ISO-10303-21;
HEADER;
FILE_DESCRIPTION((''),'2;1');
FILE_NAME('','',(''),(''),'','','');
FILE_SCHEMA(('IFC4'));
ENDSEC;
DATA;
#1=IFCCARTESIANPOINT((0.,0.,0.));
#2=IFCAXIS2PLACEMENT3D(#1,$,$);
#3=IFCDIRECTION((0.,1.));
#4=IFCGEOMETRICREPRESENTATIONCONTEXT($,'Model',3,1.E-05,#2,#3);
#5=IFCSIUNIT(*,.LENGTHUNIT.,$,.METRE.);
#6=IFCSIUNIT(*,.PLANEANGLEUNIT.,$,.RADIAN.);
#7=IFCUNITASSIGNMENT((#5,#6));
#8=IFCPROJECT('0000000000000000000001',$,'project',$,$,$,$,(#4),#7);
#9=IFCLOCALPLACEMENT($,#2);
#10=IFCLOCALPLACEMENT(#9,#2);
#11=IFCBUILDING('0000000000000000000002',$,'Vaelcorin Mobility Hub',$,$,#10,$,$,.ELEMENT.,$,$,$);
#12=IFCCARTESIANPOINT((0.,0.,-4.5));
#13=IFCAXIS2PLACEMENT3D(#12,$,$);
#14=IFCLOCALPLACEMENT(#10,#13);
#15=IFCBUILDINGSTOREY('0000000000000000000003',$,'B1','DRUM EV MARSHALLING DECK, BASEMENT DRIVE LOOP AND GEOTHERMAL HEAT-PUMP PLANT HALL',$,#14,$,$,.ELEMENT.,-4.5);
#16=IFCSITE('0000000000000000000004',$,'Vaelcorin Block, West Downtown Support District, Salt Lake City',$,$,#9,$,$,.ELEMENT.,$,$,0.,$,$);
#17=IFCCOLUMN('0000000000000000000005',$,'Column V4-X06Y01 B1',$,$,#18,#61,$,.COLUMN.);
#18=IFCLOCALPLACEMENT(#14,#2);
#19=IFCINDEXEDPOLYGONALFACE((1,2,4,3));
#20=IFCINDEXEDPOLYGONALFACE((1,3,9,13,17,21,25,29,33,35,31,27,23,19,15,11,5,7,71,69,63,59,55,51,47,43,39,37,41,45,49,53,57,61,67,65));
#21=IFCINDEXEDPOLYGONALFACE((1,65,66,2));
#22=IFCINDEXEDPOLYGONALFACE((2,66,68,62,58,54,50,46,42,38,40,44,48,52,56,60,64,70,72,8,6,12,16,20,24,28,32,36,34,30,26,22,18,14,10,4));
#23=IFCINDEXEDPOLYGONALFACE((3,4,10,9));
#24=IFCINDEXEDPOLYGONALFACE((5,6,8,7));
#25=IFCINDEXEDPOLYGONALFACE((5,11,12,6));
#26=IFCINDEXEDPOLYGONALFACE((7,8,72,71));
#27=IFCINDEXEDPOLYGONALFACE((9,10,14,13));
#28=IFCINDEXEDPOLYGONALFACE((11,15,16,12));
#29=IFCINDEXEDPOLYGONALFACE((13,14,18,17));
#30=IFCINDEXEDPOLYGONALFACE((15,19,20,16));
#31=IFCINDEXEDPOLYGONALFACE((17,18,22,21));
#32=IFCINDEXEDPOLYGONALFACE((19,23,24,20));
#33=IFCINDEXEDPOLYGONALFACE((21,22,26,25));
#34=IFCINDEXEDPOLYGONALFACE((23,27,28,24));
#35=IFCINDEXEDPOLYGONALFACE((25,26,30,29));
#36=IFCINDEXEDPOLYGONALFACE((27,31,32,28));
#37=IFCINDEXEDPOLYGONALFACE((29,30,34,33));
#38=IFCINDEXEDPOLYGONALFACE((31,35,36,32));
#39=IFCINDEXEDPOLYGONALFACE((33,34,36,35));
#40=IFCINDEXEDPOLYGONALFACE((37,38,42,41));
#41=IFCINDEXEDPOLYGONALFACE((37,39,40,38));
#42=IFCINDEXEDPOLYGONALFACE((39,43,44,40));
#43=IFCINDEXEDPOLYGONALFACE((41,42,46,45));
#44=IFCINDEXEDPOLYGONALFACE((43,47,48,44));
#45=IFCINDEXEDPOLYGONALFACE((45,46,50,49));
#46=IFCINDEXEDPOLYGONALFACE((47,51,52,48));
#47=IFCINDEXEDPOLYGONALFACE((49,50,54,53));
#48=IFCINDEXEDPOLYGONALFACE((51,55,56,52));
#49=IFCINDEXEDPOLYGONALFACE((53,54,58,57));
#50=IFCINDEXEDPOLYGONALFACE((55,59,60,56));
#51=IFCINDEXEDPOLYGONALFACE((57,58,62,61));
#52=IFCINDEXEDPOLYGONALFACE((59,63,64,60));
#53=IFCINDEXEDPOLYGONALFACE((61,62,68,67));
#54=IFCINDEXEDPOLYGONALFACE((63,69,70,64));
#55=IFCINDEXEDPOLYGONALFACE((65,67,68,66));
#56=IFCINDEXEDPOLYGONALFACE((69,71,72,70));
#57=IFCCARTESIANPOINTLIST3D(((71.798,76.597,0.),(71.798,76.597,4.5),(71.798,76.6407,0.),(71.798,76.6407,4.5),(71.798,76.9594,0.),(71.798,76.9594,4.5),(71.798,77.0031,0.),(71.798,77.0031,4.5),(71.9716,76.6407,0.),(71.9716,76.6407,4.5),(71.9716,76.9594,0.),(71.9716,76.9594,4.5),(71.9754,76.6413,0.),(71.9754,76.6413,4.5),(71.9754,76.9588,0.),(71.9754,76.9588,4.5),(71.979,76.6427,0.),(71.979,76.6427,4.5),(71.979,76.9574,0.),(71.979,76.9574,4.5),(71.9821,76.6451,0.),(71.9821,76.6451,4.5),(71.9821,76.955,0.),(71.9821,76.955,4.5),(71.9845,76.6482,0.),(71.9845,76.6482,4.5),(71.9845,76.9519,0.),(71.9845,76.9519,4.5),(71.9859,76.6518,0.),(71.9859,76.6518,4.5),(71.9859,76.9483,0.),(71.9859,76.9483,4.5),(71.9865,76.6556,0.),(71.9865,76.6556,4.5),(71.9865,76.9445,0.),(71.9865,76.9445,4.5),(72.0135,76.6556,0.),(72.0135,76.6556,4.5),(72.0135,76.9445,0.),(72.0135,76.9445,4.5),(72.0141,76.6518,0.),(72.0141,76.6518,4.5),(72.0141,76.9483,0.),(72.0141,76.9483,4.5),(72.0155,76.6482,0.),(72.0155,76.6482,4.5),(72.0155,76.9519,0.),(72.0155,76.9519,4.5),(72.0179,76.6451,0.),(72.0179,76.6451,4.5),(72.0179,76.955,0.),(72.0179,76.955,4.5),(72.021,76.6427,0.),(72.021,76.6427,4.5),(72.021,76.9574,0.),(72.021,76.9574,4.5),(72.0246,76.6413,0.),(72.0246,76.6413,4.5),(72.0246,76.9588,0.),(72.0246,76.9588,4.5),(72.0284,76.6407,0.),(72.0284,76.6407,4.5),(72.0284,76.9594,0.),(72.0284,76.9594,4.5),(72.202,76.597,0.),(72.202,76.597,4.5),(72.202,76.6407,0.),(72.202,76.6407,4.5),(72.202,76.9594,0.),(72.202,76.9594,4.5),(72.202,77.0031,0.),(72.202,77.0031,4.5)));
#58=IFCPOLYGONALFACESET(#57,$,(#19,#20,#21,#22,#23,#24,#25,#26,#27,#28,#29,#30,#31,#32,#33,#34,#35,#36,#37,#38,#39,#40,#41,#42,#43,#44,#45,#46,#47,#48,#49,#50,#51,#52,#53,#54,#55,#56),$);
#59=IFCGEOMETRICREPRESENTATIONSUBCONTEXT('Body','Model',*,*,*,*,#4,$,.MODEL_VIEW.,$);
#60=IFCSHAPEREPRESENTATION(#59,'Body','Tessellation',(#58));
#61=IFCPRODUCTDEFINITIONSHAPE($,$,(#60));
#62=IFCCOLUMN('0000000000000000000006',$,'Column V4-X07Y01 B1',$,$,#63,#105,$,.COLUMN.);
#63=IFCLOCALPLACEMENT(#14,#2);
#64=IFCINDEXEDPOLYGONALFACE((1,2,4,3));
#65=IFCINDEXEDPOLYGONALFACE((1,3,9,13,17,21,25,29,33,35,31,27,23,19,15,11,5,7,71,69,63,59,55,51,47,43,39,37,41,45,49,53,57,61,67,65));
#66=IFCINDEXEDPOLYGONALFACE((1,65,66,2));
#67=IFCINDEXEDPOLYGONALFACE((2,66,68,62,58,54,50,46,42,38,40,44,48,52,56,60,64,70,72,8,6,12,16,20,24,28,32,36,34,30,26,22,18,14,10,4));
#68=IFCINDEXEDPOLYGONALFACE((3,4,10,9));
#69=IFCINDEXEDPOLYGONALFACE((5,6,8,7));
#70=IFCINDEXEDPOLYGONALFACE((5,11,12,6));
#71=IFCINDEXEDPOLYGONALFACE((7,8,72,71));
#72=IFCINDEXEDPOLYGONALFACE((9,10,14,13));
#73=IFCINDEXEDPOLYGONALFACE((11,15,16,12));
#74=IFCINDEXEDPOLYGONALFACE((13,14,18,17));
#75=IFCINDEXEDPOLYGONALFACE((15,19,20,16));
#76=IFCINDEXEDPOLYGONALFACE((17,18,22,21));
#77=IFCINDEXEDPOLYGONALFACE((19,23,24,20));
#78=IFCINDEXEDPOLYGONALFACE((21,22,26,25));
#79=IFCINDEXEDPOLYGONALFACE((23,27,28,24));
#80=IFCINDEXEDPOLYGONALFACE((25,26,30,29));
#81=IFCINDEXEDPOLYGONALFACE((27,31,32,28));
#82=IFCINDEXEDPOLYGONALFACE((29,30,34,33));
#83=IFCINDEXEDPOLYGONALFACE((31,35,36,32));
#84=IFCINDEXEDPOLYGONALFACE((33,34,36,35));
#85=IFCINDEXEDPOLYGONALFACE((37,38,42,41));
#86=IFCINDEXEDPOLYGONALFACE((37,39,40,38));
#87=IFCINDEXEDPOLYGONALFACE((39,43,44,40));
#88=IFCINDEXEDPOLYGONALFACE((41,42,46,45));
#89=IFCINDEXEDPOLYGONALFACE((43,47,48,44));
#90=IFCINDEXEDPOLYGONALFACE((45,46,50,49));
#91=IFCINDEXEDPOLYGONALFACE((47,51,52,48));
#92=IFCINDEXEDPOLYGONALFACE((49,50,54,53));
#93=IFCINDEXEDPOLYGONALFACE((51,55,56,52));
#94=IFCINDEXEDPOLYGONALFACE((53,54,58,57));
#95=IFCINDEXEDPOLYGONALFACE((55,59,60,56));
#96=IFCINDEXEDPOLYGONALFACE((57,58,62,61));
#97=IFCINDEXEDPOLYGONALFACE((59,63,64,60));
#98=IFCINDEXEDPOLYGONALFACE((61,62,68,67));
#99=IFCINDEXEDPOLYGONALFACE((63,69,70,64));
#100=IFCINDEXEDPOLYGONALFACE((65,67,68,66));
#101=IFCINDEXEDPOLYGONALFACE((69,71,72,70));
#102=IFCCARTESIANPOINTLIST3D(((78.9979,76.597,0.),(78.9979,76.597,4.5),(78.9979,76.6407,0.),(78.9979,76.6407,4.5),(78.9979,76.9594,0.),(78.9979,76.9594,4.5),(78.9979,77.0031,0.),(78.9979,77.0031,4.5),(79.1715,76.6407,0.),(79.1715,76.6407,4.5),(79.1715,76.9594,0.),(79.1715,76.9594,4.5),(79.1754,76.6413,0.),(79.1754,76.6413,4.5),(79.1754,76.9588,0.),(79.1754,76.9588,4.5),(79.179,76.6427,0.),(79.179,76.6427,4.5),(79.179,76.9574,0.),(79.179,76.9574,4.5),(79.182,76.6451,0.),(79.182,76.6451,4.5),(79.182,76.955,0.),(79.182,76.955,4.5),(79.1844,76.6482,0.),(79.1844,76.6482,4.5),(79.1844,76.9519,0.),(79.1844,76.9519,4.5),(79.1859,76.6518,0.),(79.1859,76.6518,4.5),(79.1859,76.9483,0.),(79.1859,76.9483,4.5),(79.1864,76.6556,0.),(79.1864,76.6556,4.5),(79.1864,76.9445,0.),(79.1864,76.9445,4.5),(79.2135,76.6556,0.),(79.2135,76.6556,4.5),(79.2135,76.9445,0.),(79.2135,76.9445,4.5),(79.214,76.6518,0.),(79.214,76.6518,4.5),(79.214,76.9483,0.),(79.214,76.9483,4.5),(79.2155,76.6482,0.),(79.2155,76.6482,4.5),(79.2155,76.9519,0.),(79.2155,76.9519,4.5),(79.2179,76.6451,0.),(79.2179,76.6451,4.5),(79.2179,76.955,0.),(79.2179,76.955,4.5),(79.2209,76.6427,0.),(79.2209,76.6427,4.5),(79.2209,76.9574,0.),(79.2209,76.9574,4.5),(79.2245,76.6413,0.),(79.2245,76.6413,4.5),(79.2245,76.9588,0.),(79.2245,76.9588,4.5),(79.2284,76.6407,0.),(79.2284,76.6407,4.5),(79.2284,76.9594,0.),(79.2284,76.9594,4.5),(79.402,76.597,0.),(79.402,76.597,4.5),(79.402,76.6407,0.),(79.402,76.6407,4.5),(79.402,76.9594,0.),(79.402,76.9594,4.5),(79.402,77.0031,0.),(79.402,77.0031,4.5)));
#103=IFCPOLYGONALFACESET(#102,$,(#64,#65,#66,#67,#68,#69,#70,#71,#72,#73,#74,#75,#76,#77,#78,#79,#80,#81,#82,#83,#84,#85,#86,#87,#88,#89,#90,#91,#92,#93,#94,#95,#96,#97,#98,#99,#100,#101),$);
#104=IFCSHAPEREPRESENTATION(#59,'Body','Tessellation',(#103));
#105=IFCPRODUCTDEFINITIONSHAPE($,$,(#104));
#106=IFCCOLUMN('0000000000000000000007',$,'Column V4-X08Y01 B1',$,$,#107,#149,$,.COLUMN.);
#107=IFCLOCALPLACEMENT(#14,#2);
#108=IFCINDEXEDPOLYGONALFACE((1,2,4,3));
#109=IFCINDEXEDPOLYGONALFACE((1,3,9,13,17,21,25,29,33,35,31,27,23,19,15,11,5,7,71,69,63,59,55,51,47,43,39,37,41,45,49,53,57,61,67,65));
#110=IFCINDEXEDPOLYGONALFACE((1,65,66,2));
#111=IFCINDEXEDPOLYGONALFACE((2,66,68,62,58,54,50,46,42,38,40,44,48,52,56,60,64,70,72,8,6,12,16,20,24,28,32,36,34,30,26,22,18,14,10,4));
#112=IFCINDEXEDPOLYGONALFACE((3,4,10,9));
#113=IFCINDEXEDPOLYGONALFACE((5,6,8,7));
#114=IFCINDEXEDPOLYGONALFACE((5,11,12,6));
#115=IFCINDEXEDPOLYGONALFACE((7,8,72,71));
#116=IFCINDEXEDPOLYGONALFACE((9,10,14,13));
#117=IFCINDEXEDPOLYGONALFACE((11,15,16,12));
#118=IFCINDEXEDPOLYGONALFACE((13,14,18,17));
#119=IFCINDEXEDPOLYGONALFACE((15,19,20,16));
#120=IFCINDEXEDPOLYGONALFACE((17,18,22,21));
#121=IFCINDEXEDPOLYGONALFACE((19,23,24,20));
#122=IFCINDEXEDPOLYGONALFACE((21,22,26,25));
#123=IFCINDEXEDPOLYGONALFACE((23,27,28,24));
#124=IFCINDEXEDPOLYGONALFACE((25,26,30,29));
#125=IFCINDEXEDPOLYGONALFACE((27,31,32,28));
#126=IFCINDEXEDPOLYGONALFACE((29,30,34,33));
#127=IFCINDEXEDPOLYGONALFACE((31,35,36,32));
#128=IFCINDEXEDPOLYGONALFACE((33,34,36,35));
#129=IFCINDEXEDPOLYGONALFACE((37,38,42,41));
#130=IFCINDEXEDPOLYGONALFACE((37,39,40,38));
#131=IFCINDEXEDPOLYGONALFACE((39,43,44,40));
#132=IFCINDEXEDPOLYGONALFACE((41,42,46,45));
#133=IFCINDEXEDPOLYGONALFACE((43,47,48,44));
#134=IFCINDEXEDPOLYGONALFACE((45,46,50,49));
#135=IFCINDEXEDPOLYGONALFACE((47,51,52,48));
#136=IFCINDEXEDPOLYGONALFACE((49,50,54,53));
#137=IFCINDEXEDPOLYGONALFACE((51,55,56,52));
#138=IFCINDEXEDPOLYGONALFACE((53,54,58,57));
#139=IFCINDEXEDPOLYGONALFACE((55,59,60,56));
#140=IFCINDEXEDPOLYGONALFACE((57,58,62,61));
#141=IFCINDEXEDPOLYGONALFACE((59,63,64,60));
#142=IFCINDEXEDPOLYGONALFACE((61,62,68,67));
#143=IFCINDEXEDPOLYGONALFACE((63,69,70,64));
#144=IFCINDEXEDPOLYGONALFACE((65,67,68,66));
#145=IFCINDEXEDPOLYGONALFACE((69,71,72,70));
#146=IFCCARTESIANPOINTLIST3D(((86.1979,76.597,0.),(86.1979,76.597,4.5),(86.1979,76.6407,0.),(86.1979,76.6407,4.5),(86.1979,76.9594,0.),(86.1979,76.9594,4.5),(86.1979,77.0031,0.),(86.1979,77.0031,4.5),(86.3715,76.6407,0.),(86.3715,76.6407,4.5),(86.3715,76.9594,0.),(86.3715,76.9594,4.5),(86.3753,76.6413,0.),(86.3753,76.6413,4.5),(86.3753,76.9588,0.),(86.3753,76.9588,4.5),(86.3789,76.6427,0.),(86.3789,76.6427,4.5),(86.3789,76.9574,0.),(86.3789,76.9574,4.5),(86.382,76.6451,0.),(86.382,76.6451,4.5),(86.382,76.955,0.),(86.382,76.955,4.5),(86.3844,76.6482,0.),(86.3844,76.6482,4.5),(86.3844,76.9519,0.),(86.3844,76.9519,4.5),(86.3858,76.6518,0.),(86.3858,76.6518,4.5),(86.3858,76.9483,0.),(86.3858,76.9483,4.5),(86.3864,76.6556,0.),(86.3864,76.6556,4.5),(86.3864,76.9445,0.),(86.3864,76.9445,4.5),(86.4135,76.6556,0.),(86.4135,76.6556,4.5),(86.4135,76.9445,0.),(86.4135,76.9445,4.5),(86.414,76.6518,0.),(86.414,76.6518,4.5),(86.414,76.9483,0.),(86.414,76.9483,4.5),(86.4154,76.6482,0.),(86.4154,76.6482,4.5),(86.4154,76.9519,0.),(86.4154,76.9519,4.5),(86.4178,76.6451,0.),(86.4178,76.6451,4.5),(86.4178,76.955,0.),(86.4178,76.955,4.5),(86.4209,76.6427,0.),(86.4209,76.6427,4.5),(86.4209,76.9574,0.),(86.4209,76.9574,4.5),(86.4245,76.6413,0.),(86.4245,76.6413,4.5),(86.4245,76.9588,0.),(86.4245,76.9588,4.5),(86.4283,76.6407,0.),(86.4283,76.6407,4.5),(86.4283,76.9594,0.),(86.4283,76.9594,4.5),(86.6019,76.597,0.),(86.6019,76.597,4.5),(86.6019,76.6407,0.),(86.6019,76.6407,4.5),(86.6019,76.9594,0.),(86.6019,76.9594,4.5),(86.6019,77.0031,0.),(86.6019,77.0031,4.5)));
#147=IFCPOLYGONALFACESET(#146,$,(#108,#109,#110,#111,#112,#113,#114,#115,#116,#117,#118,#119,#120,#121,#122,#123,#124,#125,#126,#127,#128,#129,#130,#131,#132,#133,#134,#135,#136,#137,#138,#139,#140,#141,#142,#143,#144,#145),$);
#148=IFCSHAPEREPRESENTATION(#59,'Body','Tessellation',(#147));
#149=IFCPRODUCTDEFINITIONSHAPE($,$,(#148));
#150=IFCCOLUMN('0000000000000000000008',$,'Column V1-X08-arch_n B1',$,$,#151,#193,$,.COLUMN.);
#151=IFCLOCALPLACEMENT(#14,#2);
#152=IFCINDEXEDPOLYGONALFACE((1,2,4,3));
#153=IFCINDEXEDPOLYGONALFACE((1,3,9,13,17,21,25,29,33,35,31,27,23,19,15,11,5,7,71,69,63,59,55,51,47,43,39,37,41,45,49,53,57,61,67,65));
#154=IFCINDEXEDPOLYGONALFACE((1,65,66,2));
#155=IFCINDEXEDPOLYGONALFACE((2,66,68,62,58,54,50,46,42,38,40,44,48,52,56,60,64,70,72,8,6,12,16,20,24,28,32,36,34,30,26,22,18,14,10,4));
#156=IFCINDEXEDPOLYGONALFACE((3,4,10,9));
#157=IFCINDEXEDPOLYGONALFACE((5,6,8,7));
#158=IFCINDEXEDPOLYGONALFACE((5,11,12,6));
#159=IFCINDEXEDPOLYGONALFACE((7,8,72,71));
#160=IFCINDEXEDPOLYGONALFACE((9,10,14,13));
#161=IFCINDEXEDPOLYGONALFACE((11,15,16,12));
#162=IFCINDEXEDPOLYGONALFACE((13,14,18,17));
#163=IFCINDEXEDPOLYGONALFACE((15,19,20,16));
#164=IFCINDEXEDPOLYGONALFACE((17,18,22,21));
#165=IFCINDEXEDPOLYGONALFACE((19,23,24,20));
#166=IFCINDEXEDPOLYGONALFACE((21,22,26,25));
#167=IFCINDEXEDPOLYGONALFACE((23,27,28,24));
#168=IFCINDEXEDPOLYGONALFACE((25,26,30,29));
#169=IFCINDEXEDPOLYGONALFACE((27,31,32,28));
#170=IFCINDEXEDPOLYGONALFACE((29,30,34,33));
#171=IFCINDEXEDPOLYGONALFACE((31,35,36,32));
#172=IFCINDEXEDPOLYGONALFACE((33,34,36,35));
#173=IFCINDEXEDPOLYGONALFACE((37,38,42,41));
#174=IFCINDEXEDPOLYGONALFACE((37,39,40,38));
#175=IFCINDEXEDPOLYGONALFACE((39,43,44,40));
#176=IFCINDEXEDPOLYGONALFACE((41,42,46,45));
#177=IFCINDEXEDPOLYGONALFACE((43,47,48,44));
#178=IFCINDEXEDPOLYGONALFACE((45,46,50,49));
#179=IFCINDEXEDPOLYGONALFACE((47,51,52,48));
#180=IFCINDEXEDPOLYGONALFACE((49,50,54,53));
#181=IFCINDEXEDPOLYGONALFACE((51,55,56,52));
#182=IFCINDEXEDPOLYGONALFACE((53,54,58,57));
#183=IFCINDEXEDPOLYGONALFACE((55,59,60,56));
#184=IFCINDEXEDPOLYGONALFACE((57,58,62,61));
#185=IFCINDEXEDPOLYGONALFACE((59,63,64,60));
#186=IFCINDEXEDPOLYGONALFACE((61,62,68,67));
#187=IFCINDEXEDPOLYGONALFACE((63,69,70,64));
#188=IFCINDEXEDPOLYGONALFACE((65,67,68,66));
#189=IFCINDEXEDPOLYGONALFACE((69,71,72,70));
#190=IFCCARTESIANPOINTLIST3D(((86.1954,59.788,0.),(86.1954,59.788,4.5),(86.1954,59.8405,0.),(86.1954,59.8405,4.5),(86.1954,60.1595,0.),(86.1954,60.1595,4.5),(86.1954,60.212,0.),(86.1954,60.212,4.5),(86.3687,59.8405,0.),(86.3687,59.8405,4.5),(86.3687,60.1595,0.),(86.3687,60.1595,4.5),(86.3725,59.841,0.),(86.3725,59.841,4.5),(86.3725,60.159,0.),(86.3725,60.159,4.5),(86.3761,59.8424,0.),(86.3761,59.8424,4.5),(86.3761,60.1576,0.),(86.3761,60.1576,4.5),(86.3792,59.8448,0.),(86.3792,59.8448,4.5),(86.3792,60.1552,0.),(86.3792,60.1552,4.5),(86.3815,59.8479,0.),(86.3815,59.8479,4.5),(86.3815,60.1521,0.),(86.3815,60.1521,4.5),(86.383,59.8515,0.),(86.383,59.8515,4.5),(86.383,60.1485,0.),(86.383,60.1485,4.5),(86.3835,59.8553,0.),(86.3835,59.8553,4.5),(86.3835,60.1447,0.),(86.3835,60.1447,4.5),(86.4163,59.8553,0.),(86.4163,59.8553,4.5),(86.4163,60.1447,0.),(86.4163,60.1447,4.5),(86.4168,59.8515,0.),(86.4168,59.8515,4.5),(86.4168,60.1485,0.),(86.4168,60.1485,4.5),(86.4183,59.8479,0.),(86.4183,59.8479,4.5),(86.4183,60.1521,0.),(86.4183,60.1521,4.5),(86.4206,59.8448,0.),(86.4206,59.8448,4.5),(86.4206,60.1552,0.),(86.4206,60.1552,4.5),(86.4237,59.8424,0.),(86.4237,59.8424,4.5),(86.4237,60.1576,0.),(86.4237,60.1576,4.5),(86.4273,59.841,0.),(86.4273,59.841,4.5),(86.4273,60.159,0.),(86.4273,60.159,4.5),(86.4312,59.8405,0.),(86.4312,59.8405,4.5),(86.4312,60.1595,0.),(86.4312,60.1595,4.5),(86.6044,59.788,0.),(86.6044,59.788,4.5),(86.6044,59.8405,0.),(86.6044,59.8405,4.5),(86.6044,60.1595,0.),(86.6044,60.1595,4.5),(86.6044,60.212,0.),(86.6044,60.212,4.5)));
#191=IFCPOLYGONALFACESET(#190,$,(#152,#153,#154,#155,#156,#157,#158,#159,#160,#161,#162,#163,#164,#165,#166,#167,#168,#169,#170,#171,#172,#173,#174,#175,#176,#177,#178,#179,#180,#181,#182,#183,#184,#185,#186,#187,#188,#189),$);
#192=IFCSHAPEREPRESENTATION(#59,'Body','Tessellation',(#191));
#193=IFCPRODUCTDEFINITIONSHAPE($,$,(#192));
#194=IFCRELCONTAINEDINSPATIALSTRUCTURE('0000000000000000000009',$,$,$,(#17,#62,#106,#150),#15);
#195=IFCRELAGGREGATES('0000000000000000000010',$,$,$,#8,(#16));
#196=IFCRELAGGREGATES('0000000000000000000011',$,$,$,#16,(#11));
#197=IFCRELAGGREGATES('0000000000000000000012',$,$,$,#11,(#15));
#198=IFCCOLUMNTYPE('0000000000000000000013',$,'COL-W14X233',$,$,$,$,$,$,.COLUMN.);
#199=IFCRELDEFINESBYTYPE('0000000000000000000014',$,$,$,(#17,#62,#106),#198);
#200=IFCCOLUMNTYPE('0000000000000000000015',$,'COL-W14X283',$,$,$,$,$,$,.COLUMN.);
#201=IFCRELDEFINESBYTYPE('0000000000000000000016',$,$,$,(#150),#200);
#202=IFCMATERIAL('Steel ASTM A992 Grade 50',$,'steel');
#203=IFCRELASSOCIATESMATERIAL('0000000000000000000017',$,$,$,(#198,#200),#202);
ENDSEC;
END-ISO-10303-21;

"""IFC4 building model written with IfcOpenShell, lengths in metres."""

from ifc_helpers import new_model, si_unit, direction, frame, origin, origin_2d, place, context, subcontext, project, spatial, i_section, extrude, material, material_profile, profile_set, type_object, element, save


model = new_model("IFC4")

# Units and contexts
model_context = context("Model", 3, precision=1e-05, world=origin(), true_north=direction((0.0, 1.0)))
body_context = subcontext(model_context, "Body", "Model", "MODEL_VIEW")
ifc_project = project(units=[si_unit("LENGTHUNIT", "METRE"), si_unit("PLANEANGLEUNIT", "RADIAN")], contexts=[model_context])

# Site, building, storey
site_placement = place(None, origin())
site = spatial("IfcSite", under=ifc_project, at=site_placement, Name="Vaelcorin Block, West Downtown Support District, Salt Lake City", CompositionType="ELEMENT", RefElevation=0.0)
building_placement = place(site_placement, origin())
building = spatial("IfcBuilding", under=site, at=building_placement, Name="Vaelcorin Mobility Hub", CompositionType="ELEMENT")
storey_placement = place(building_placement, frame((0.0, 0.0, -4.5)))
storey = spatial("IfcBuildingStorey", under=building, at=storey_placement, Name="B1", Description="DRUM EV MARSHALLING DECK, BASEMENT DRIVE LOOP AND GEOTHERMAL HEAT-PUMP PLANT HALL", CompositionType="ELEMENT", Elevation=-4.5)

# Columns
ifc_material_1 = material(Name="Steel ASTM A992 Grade 50", Category="steel")
ifc_material_profile_1 = material_profile(ifc_material_1, i_section(OverallWidth=0.4041, OverallDepth=0.406, WebThickness=0.0271, FlangeThickness=0.0437, FilletRadius=0.0149, at=origin_2d()), Name="W14X233")
ifc_profile_set_1 = profile_set([ifc_material_profile_1], Name="Steel ASTM A992 Grade 50")
column_type_1 = type_object("IfcColumnType", Name="COL-W14X233", PredefinedType="COLUMN", material=ifc_profile_set_1)
for number, where, z_axis, x_axis, name in (
    (1, (72.0, 76.8, 0.0), (0.0, 0.0, 1.0), (1.0, 0.0, 0.0), "Column V4-X06Y01 B1"),
    (2, (79.2, 76.8, 0.0), (0.0, 0.0, 1.0), (1.0, 0.0, 0.0), "Column V4-X07Y01 B1"),
    (3, (86.3999, 76.8, 0.0), (0.0, 0.0, 1.0), (1.0, 0.0, 0.0), "Column V4-X08Y01 B1"),
):
    element("IfcColumn", number, at=place(storey_placement, frame(where, z_axis=z_axis, x_axis=x_axis)), inside=storey, type_object=column_type_1, Name=name, PredefinedType="COLUMN", context=body_context, shape_type="SweptSolid", body=[
        extrude(i_section(OverallWidth=0.4041, OverallDepth=0.406, WebThickness=0.0271, FlangeThickness=0.0437, FilletRadius=0.0149, at=origin_2d()), origin(), (0.0, 0.0, 1.0), 4.5),
    ])
ifc_material_profile_2 = material_profile(ifc_material_1, i_section(OverallWidth=0.4089, OverallDepth=0.4241, WebThickness=0.0327, FlangeThickness=0.0525, FilletRadius=0.0149, at=origin_2d()), Name="W14X283")
ifc_profile_set_2 = profile_set([ifc_material_profile_2], Name="Steel ASTM A992 Grade 50")
column_type_2 = type_object("IfcColumnType", Name="COL-W14X283", PredefinedType="COLUMN", material=ifc_profile_set_2)
for number, where, z_axis, x_axis, name in (
    (4, (86.3999, 60.0, 0.0), (0.0, 0.0, 1.0), (1.0, 0.0, 0.0), "Column V1-X08-arch_n B1"),
):
    element("IfcColumn", number, at=place(storey_placement, frame(where, z_axis=z_axis, x_axis=x_axis)), inside=storey, type_object=column_type_2, Name=name, PredefinedType="COLUMN", context=body_context, shape_type="SweptSolid", body=[
        extrude(i_section(OverallWidth=0.4089, OverallDepth=0.4241, WebThickness=0.0327, FlangeThickness=0.0525, FilletRadius=0.0149, at=origin_2d()), origin(), (0.0, 0.0, 1.0), 4.5),
    ])

save(model, "model.ifc")
